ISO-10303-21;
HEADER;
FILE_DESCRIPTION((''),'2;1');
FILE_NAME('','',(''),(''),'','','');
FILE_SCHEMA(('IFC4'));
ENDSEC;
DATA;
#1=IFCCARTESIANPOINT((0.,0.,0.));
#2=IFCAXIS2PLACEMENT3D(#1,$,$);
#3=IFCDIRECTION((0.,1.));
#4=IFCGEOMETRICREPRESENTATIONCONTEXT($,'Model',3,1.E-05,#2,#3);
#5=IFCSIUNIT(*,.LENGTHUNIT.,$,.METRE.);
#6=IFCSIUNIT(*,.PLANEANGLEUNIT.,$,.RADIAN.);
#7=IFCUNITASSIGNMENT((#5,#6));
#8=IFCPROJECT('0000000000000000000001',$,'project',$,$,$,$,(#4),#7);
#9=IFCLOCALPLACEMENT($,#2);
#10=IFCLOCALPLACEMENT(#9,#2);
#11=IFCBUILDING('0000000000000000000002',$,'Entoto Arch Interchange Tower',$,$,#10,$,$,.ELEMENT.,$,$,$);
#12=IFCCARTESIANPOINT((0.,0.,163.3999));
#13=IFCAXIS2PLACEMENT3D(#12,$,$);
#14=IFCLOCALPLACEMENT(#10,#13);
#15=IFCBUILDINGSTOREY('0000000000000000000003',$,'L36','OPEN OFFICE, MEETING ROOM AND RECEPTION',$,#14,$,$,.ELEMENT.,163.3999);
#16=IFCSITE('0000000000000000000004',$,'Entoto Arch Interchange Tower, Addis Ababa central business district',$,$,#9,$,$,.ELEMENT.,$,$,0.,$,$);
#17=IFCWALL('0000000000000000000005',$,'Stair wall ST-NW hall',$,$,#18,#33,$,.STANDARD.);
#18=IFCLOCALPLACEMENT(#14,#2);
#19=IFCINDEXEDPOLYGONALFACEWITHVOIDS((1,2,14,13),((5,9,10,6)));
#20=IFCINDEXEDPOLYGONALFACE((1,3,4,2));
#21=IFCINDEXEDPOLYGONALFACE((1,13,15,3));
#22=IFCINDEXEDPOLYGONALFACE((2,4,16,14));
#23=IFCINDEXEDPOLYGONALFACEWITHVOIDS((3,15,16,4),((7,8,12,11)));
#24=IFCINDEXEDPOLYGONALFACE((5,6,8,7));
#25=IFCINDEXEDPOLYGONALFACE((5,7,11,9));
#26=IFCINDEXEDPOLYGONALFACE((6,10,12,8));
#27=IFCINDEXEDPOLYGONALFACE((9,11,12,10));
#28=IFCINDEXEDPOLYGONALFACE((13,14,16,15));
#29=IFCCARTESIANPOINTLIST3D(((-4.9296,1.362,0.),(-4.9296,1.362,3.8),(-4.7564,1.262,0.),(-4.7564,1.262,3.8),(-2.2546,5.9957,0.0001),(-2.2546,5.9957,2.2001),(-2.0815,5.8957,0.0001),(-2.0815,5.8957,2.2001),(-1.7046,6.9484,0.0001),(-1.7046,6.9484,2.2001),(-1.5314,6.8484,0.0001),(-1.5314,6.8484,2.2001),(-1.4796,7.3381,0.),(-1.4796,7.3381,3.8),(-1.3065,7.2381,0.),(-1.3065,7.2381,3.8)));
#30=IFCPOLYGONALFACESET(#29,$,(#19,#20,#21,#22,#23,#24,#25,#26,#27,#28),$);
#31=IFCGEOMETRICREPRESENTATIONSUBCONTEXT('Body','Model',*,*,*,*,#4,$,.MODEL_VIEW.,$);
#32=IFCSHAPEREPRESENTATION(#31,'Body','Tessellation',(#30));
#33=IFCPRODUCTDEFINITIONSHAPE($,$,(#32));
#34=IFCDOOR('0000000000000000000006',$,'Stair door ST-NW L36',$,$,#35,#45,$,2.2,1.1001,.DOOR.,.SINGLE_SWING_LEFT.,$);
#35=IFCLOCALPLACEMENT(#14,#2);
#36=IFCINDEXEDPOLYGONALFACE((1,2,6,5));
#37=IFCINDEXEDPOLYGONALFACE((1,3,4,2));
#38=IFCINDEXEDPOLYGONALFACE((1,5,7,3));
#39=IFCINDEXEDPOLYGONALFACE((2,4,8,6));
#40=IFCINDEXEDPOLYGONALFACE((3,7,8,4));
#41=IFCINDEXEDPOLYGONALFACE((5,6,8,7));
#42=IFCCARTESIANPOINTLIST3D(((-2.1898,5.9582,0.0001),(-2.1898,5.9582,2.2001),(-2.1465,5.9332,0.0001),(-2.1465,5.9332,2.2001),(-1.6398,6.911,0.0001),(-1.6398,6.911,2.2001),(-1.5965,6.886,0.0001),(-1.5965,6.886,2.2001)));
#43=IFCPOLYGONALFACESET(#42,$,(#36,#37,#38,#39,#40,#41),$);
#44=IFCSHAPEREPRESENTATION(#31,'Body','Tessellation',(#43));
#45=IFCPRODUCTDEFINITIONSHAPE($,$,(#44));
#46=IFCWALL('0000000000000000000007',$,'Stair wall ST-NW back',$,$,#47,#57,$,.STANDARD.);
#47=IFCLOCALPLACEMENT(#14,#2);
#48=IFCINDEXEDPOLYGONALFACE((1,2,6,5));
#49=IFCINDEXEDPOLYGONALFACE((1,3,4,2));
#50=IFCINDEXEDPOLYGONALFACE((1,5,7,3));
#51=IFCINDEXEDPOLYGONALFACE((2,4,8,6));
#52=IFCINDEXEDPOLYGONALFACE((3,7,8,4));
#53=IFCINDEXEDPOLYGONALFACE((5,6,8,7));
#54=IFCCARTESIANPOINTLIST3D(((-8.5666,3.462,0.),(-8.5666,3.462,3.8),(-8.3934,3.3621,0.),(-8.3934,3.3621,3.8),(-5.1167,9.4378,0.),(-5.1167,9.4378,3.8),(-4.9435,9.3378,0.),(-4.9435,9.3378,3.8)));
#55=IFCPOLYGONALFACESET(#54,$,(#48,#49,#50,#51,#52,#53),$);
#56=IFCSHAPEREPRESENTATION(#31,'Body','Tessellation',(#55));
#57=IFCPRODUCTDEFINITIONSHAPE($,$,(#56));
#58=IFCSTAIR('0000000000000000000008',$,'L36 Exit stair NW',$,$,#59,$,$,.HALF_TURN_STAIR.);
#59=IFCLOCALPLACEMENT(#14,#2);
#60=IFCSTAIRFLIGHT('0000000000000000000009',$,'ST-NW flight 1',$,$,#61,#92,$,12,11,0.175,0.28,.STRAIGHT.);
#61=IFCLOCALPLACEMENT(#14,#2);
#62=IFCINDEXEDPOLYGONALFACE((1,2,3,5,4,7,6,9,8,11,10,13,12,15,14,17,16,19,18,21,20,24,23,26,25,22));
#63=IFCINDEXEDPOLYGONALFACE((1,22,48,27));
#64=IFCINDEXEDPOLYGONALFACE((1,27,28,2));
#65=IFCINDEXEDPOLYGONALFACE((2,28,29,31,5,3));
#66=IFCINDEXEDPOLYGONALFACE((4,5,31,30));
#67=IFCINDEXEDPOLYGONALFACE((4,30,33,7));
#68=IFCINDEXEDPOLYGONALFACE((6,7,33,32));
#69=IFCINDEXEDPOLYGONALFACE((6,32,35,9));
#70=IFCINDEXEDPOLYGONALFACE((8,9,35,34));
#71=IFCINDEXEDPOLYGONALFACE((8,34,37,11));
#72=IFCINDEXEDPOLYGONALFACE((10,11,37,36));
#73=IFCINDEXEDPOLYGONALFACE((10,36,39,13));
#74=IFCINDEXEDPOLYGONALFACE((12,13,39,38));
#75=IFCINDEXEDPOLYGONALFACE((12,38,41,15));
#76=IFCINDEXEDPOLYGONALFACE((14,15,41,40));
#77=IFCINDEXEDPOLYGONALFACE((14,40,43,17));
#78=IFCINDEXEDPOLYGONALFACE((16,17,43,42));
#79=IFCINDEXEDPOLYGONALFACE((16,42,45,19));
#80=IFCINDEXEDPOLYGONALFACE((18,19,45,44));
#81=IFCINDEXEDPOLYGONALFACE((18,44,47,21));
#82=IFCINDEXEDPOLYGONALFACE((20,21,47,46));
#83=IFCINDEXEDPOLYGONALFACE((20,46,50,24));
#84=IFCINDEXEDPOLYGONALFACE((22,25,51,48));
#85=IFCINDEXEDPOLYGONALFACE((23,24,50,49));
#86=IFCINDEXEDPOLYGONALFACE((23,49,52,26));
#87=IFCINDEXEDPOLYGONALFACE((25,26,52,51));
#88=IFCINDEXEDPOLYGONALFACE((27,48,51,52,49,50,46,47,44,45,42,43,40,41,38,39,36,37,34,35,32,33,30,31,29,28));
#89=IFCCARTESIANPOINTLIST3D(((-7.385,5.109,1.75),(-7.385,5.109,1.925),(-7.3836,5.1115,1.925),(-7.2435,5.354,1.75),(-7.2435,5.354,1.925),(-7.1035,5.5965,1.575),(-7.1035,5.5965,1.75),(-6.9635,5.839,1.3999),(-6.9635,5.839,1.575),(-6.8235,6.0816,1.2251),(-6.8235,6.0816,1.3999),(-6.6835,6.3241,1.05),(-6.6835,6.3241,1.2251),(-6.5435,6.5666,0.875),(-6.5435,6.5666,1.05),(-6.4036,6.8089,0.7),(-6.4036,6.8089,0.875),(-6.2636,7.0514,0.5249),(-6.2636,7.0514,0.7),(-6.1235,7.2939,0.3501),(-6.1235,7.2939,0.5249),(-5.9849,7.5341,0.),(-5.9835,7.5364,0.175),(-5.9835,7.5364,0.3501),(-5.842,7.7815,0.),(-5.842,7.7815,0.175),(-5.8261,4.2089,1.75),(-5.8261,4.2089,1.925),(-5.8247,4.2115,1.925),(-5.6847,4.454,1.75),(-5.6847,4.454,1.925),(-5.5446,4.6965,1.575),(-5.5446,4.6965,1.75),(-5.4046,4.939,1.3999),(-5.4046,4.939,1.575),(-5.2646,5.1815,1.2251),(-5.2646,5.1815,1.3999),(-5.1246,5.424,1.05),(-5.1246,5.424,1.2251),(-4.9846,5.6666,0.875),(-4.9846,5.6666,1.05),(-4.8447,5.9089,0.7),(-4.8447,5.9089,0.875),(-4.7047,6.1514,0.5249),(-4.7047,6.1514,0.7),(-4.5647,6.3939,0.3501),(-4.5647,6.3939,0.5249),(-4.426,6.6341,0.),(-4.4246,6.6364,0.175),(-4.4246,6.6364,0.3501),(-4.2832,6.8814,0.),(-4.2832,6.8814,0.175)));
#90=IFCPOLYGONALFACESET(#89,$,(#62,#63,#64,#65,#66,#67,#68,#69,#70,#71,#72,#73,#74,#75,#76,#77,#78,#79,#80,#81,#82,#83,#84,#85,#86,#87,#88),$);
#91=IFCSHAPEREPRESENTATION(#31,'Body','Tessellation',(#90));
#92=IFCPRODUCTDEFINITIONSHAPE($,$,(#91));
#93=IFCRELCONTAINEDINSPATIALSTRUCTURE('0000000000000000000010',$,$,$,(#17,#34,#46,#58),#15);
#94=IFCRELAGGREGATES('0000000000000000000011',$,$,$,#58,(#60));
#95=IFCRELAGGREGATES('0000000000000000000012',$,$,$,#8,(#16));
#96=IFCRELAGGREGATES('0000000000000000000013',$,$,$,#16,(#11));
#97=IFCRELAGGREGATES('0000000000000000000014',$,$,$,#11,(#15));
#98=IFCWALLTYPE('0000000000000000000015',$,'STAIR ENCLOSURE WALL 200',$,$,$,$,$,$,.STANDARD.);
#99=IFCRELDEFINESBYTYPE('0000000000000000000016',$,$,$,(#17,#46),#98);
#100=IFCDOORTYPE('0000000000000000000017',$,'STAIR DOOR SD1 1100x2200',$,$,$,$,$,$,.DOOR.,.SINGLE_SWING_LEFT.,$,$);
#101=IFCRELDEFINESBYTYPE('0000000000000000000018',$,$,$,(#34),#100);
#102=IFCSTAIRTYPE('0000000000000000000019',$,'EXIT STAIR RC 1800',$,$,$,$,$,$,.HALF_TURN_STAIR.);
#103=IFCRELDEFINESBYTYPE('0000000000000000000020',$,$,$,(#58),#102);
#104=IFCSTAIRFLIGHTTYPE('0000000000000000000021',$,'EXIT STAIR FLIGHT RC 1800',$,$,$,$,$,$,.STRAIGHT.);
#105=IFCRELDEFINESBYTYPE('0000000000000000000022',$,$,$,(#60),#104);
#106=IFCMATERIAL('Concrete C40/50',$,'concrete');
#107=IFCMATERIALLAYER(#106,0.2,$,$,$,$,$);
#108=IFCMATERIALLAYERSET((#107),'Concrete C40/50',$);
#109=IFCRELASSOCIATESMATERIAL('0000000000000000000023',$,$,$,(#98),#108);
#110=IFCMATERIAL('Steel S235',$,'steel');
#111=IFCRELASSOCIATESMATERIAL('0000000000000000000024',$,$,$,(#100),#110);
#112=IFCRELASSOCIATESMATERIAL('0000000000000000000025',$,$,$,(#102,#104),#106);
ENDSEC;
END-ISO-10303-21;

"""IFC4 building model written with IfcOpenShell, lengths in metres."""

from ifc_helpers import new_model, si_unit, direction, frame, frame_2d, origin, place, context, subcontext, project, spatial, polyline, rectangle, outline, extrude, material, layer, layer_set, type_object, element, fill, aggregate, save


model = new_model("IFC4")

# Units and contexts
model_context = context("Model", 3, precision=1e-05, world=origin(), true_north=direction((0.0, 1.0)))
body_context = subcontext(model_context, "Body", "Model", "MODEL_VIEW")
ifc_project = project(units=[si_unit("LENGTHUNIT", "METRE"), si_unit("PLANEANGLEUNIT", "RADIAN")], contexts=[model_context])

# Site, building, storey
site_placement = place(None, origin())
site = spatial("IfcSite", under=ifc_project, at=site_placement, Name="Entoto Arch Interchange Tower, Addis Ababa central business district", CompositionType="ELEMENT", RefElevation=0.0)
building_placement = place(site_placement, origin())
building = spatial("IfcBuilding", under=site, at=building_placement, Name="Entoto Arch Interchange Tower", CompositionType="ELEMENT")
storey_placement = place(building_placement, frame((0.0, 0.0, 163.3999)))
storey = spatial("IfcBuildingStorey", under=building, at=storey_placement, Name="L36", Description="OPEN OFFICE, MEETING ROOM AND RECEPTION", CompositionType="ELEMENT", Elevation=163.3999)

# Wall, opening, door
ifc_material_1 = material(Name="Concrete C40/50", Category="concrete")
ifc_layer_1 = layer(ifc_material_1, 0.2)
ifc_layer_set_1 = layer_set([ifc_layer_1], Name="Concrete C40/50")
wall_type_1 = type_object("IfcWallType", Name="STAIR ENCLOSURE WALL 200", PredefinedType="STANDARD", material=ifc_layer_set_1)
ifc_material_2 = material(Name="Steel S235", Category="steel")
door_type_1 = type_object("IfcDoorType", Name="STAIR DOOR SD1 1100x2200", OperationType="SINGLE_SWING_LEFT", PredefinedType="DOOR", material=ifc_material_2)
wall_1_placement = place(storey_placement, frame((-1.3931, 7.2881, 0.0), z_axis=(0.0, 0.0, 1.0), x_axis=(-0.499963, -0.866047, 0.0)))
wall_1 = element("IfcWall", 1, at=wall_1_placement, inside=storey, type_object=wall_type_1, Name="Stair wall ST-NW hall", PredefinedType="STANDARD", context=body_context, shape_type="SweptSolid", body=[
    extrude(rectangle(XDim=6.9004, YDim=0.2, at=frame_2d((3.4502, 0.0))), origin(), (0.0, 0.0, 1.0), 3.8),
])
opening_1_placement = place(wall_1_placement, frame((0.45, 0.0, 0.0)))
opening_1 = element("IfcOpeningElement", 2, at=opening_1_placement, cuts=wall_1, PredefinedType="OPENING", context=body_context, shape_type="SweptSolid", body=[
    extrude(rectangle(XDim=1.1001, YDim=2.2, at=frame_2d((0.55, 1.1001))), frame((0.0, 0.1099, 0.0), z_axis=(0.0, -1.0, 0.0), x_axis=(1.0, 0.0, 0.0)), (0.0, 0.0, 1.0), 0.22),
])
door_1_placement = place(opening_1_placement, origin())
door_1 = element("IfcDoor", 3, at=door_1_placement, inside=storey, type_object=door_type_1, Name="Stair door ST-NW L36", OperationType="SINGLE_SWING_LEFT", OverallHeight=2.2, OverallWidth=1.1001, PredefinedType="DOOR", context=body_context, shape_type="SweptSolid", body=[
    extrude(rectangle(XDim=1.1001, YDim=2.2, at=frame_2d((0.55, 1.1001))), frame((0.0, 0.0249, 0.0), z_axis=(0.0, -1.0, 0.0), x_axis=(1.0, 0.0, 0.0)), (0.0, 0.0, 1.0), 0.05),
])
fill(opening_1, door_1)

# Wall
wall_2_placement = place(storey_placement, frame((-5.03, 9.3879, 0.0), z_axis=(0.0, 0.0, 1.0), x_axis=(-0.499979, -0.866038, 0.0)))
element("IfcWall", 4, at=wall_2_placement, inside=storey, type_object=wall_type_1, Name="Stair wall ST-NW back", PredefinedType="STANDARD", context=body_context, shape_type="SweptSolid", body=[
    extrude(rectangle(XDim=6.9001, YDim=0.2, at=frame_2d((3.4502, 0.0))), origin(), (0.0, 0.0, 1.0), 3.8),
])

# Stair, stair flight
stair_type = type_object("IfcStairType", Name="EXIT STAIR RC 1800", PredefinedType="HALF_TURN_STAIR", material=ifc_material_1)
stair_placement = place(storey_placement, origin())
stair = element("IfcStair", 5, at=stair_placement, inside=storey, type_object=stair_type, Name="L36 Exit stair NW", PredefinedType="HALF_TURN_STAIR")
stair_flight_type = type_object("IfcStairFlightType", Name="EXIT STAIR FLIGHT RC 1800", PredefinedType="STRAIGHT", material=ifc_material_1)
stair_flight_placement = place(storey_placement, frame((-5.064, 7.3289, 0.0), z_axis=(0.0, 0.0, 1.0), x_axis=(-0.5, -0.866025, 0.0)))
stair_flight = element("IfcStairFlight", 6, at=stair_flight_placement, type_object=stair_flight_type, Name="ST-NW flight 1", NumberOfRisers=12, NumberOfTreads=11, PredefinedType="STRAIGHT", RiserHeight=0.175, TreadLength=0.28, context=body_context, shape_type="SweptSolid", body=[
    extrude(outline(polyline([(-0.0029, 0.0), (-0.0029, 0.175), (0.28, 0.175), (0.28, 0.3501), (0.5601, 0.3501), (0.5601, 0.5249), (0.8401, 0.5249), (0.8401, 0.7), (1.1201, 0.7), (1.1201, 0.875), (1.3999, 0.875), (1.3999, 1.05), (1.6799, 1.05), (1.6799, 1.2251), (1.96, 1.2251), (1.96, 1.3999), (2.24, 1.3999), (2.24, 1.575), (2.52, 1.575), (2.52, 1.75), (2.8, 1.75), (2.8, 1.925), (3.0801, 1.925), (3.083, 1.925), (3.083, 1.75), (0.2827, 0.0), (-0.0029, 0.0)])), frame((0.0, 0.8999, 0.0), z_axis=(0.0, -1.0, 0.0), x_axis=(1.0, 0.0, 0.0)), (0.0, 0.0, 1.0), 1.8),
])
aggregate(stair, [stair_flight])

save(model, "model.ifc")
